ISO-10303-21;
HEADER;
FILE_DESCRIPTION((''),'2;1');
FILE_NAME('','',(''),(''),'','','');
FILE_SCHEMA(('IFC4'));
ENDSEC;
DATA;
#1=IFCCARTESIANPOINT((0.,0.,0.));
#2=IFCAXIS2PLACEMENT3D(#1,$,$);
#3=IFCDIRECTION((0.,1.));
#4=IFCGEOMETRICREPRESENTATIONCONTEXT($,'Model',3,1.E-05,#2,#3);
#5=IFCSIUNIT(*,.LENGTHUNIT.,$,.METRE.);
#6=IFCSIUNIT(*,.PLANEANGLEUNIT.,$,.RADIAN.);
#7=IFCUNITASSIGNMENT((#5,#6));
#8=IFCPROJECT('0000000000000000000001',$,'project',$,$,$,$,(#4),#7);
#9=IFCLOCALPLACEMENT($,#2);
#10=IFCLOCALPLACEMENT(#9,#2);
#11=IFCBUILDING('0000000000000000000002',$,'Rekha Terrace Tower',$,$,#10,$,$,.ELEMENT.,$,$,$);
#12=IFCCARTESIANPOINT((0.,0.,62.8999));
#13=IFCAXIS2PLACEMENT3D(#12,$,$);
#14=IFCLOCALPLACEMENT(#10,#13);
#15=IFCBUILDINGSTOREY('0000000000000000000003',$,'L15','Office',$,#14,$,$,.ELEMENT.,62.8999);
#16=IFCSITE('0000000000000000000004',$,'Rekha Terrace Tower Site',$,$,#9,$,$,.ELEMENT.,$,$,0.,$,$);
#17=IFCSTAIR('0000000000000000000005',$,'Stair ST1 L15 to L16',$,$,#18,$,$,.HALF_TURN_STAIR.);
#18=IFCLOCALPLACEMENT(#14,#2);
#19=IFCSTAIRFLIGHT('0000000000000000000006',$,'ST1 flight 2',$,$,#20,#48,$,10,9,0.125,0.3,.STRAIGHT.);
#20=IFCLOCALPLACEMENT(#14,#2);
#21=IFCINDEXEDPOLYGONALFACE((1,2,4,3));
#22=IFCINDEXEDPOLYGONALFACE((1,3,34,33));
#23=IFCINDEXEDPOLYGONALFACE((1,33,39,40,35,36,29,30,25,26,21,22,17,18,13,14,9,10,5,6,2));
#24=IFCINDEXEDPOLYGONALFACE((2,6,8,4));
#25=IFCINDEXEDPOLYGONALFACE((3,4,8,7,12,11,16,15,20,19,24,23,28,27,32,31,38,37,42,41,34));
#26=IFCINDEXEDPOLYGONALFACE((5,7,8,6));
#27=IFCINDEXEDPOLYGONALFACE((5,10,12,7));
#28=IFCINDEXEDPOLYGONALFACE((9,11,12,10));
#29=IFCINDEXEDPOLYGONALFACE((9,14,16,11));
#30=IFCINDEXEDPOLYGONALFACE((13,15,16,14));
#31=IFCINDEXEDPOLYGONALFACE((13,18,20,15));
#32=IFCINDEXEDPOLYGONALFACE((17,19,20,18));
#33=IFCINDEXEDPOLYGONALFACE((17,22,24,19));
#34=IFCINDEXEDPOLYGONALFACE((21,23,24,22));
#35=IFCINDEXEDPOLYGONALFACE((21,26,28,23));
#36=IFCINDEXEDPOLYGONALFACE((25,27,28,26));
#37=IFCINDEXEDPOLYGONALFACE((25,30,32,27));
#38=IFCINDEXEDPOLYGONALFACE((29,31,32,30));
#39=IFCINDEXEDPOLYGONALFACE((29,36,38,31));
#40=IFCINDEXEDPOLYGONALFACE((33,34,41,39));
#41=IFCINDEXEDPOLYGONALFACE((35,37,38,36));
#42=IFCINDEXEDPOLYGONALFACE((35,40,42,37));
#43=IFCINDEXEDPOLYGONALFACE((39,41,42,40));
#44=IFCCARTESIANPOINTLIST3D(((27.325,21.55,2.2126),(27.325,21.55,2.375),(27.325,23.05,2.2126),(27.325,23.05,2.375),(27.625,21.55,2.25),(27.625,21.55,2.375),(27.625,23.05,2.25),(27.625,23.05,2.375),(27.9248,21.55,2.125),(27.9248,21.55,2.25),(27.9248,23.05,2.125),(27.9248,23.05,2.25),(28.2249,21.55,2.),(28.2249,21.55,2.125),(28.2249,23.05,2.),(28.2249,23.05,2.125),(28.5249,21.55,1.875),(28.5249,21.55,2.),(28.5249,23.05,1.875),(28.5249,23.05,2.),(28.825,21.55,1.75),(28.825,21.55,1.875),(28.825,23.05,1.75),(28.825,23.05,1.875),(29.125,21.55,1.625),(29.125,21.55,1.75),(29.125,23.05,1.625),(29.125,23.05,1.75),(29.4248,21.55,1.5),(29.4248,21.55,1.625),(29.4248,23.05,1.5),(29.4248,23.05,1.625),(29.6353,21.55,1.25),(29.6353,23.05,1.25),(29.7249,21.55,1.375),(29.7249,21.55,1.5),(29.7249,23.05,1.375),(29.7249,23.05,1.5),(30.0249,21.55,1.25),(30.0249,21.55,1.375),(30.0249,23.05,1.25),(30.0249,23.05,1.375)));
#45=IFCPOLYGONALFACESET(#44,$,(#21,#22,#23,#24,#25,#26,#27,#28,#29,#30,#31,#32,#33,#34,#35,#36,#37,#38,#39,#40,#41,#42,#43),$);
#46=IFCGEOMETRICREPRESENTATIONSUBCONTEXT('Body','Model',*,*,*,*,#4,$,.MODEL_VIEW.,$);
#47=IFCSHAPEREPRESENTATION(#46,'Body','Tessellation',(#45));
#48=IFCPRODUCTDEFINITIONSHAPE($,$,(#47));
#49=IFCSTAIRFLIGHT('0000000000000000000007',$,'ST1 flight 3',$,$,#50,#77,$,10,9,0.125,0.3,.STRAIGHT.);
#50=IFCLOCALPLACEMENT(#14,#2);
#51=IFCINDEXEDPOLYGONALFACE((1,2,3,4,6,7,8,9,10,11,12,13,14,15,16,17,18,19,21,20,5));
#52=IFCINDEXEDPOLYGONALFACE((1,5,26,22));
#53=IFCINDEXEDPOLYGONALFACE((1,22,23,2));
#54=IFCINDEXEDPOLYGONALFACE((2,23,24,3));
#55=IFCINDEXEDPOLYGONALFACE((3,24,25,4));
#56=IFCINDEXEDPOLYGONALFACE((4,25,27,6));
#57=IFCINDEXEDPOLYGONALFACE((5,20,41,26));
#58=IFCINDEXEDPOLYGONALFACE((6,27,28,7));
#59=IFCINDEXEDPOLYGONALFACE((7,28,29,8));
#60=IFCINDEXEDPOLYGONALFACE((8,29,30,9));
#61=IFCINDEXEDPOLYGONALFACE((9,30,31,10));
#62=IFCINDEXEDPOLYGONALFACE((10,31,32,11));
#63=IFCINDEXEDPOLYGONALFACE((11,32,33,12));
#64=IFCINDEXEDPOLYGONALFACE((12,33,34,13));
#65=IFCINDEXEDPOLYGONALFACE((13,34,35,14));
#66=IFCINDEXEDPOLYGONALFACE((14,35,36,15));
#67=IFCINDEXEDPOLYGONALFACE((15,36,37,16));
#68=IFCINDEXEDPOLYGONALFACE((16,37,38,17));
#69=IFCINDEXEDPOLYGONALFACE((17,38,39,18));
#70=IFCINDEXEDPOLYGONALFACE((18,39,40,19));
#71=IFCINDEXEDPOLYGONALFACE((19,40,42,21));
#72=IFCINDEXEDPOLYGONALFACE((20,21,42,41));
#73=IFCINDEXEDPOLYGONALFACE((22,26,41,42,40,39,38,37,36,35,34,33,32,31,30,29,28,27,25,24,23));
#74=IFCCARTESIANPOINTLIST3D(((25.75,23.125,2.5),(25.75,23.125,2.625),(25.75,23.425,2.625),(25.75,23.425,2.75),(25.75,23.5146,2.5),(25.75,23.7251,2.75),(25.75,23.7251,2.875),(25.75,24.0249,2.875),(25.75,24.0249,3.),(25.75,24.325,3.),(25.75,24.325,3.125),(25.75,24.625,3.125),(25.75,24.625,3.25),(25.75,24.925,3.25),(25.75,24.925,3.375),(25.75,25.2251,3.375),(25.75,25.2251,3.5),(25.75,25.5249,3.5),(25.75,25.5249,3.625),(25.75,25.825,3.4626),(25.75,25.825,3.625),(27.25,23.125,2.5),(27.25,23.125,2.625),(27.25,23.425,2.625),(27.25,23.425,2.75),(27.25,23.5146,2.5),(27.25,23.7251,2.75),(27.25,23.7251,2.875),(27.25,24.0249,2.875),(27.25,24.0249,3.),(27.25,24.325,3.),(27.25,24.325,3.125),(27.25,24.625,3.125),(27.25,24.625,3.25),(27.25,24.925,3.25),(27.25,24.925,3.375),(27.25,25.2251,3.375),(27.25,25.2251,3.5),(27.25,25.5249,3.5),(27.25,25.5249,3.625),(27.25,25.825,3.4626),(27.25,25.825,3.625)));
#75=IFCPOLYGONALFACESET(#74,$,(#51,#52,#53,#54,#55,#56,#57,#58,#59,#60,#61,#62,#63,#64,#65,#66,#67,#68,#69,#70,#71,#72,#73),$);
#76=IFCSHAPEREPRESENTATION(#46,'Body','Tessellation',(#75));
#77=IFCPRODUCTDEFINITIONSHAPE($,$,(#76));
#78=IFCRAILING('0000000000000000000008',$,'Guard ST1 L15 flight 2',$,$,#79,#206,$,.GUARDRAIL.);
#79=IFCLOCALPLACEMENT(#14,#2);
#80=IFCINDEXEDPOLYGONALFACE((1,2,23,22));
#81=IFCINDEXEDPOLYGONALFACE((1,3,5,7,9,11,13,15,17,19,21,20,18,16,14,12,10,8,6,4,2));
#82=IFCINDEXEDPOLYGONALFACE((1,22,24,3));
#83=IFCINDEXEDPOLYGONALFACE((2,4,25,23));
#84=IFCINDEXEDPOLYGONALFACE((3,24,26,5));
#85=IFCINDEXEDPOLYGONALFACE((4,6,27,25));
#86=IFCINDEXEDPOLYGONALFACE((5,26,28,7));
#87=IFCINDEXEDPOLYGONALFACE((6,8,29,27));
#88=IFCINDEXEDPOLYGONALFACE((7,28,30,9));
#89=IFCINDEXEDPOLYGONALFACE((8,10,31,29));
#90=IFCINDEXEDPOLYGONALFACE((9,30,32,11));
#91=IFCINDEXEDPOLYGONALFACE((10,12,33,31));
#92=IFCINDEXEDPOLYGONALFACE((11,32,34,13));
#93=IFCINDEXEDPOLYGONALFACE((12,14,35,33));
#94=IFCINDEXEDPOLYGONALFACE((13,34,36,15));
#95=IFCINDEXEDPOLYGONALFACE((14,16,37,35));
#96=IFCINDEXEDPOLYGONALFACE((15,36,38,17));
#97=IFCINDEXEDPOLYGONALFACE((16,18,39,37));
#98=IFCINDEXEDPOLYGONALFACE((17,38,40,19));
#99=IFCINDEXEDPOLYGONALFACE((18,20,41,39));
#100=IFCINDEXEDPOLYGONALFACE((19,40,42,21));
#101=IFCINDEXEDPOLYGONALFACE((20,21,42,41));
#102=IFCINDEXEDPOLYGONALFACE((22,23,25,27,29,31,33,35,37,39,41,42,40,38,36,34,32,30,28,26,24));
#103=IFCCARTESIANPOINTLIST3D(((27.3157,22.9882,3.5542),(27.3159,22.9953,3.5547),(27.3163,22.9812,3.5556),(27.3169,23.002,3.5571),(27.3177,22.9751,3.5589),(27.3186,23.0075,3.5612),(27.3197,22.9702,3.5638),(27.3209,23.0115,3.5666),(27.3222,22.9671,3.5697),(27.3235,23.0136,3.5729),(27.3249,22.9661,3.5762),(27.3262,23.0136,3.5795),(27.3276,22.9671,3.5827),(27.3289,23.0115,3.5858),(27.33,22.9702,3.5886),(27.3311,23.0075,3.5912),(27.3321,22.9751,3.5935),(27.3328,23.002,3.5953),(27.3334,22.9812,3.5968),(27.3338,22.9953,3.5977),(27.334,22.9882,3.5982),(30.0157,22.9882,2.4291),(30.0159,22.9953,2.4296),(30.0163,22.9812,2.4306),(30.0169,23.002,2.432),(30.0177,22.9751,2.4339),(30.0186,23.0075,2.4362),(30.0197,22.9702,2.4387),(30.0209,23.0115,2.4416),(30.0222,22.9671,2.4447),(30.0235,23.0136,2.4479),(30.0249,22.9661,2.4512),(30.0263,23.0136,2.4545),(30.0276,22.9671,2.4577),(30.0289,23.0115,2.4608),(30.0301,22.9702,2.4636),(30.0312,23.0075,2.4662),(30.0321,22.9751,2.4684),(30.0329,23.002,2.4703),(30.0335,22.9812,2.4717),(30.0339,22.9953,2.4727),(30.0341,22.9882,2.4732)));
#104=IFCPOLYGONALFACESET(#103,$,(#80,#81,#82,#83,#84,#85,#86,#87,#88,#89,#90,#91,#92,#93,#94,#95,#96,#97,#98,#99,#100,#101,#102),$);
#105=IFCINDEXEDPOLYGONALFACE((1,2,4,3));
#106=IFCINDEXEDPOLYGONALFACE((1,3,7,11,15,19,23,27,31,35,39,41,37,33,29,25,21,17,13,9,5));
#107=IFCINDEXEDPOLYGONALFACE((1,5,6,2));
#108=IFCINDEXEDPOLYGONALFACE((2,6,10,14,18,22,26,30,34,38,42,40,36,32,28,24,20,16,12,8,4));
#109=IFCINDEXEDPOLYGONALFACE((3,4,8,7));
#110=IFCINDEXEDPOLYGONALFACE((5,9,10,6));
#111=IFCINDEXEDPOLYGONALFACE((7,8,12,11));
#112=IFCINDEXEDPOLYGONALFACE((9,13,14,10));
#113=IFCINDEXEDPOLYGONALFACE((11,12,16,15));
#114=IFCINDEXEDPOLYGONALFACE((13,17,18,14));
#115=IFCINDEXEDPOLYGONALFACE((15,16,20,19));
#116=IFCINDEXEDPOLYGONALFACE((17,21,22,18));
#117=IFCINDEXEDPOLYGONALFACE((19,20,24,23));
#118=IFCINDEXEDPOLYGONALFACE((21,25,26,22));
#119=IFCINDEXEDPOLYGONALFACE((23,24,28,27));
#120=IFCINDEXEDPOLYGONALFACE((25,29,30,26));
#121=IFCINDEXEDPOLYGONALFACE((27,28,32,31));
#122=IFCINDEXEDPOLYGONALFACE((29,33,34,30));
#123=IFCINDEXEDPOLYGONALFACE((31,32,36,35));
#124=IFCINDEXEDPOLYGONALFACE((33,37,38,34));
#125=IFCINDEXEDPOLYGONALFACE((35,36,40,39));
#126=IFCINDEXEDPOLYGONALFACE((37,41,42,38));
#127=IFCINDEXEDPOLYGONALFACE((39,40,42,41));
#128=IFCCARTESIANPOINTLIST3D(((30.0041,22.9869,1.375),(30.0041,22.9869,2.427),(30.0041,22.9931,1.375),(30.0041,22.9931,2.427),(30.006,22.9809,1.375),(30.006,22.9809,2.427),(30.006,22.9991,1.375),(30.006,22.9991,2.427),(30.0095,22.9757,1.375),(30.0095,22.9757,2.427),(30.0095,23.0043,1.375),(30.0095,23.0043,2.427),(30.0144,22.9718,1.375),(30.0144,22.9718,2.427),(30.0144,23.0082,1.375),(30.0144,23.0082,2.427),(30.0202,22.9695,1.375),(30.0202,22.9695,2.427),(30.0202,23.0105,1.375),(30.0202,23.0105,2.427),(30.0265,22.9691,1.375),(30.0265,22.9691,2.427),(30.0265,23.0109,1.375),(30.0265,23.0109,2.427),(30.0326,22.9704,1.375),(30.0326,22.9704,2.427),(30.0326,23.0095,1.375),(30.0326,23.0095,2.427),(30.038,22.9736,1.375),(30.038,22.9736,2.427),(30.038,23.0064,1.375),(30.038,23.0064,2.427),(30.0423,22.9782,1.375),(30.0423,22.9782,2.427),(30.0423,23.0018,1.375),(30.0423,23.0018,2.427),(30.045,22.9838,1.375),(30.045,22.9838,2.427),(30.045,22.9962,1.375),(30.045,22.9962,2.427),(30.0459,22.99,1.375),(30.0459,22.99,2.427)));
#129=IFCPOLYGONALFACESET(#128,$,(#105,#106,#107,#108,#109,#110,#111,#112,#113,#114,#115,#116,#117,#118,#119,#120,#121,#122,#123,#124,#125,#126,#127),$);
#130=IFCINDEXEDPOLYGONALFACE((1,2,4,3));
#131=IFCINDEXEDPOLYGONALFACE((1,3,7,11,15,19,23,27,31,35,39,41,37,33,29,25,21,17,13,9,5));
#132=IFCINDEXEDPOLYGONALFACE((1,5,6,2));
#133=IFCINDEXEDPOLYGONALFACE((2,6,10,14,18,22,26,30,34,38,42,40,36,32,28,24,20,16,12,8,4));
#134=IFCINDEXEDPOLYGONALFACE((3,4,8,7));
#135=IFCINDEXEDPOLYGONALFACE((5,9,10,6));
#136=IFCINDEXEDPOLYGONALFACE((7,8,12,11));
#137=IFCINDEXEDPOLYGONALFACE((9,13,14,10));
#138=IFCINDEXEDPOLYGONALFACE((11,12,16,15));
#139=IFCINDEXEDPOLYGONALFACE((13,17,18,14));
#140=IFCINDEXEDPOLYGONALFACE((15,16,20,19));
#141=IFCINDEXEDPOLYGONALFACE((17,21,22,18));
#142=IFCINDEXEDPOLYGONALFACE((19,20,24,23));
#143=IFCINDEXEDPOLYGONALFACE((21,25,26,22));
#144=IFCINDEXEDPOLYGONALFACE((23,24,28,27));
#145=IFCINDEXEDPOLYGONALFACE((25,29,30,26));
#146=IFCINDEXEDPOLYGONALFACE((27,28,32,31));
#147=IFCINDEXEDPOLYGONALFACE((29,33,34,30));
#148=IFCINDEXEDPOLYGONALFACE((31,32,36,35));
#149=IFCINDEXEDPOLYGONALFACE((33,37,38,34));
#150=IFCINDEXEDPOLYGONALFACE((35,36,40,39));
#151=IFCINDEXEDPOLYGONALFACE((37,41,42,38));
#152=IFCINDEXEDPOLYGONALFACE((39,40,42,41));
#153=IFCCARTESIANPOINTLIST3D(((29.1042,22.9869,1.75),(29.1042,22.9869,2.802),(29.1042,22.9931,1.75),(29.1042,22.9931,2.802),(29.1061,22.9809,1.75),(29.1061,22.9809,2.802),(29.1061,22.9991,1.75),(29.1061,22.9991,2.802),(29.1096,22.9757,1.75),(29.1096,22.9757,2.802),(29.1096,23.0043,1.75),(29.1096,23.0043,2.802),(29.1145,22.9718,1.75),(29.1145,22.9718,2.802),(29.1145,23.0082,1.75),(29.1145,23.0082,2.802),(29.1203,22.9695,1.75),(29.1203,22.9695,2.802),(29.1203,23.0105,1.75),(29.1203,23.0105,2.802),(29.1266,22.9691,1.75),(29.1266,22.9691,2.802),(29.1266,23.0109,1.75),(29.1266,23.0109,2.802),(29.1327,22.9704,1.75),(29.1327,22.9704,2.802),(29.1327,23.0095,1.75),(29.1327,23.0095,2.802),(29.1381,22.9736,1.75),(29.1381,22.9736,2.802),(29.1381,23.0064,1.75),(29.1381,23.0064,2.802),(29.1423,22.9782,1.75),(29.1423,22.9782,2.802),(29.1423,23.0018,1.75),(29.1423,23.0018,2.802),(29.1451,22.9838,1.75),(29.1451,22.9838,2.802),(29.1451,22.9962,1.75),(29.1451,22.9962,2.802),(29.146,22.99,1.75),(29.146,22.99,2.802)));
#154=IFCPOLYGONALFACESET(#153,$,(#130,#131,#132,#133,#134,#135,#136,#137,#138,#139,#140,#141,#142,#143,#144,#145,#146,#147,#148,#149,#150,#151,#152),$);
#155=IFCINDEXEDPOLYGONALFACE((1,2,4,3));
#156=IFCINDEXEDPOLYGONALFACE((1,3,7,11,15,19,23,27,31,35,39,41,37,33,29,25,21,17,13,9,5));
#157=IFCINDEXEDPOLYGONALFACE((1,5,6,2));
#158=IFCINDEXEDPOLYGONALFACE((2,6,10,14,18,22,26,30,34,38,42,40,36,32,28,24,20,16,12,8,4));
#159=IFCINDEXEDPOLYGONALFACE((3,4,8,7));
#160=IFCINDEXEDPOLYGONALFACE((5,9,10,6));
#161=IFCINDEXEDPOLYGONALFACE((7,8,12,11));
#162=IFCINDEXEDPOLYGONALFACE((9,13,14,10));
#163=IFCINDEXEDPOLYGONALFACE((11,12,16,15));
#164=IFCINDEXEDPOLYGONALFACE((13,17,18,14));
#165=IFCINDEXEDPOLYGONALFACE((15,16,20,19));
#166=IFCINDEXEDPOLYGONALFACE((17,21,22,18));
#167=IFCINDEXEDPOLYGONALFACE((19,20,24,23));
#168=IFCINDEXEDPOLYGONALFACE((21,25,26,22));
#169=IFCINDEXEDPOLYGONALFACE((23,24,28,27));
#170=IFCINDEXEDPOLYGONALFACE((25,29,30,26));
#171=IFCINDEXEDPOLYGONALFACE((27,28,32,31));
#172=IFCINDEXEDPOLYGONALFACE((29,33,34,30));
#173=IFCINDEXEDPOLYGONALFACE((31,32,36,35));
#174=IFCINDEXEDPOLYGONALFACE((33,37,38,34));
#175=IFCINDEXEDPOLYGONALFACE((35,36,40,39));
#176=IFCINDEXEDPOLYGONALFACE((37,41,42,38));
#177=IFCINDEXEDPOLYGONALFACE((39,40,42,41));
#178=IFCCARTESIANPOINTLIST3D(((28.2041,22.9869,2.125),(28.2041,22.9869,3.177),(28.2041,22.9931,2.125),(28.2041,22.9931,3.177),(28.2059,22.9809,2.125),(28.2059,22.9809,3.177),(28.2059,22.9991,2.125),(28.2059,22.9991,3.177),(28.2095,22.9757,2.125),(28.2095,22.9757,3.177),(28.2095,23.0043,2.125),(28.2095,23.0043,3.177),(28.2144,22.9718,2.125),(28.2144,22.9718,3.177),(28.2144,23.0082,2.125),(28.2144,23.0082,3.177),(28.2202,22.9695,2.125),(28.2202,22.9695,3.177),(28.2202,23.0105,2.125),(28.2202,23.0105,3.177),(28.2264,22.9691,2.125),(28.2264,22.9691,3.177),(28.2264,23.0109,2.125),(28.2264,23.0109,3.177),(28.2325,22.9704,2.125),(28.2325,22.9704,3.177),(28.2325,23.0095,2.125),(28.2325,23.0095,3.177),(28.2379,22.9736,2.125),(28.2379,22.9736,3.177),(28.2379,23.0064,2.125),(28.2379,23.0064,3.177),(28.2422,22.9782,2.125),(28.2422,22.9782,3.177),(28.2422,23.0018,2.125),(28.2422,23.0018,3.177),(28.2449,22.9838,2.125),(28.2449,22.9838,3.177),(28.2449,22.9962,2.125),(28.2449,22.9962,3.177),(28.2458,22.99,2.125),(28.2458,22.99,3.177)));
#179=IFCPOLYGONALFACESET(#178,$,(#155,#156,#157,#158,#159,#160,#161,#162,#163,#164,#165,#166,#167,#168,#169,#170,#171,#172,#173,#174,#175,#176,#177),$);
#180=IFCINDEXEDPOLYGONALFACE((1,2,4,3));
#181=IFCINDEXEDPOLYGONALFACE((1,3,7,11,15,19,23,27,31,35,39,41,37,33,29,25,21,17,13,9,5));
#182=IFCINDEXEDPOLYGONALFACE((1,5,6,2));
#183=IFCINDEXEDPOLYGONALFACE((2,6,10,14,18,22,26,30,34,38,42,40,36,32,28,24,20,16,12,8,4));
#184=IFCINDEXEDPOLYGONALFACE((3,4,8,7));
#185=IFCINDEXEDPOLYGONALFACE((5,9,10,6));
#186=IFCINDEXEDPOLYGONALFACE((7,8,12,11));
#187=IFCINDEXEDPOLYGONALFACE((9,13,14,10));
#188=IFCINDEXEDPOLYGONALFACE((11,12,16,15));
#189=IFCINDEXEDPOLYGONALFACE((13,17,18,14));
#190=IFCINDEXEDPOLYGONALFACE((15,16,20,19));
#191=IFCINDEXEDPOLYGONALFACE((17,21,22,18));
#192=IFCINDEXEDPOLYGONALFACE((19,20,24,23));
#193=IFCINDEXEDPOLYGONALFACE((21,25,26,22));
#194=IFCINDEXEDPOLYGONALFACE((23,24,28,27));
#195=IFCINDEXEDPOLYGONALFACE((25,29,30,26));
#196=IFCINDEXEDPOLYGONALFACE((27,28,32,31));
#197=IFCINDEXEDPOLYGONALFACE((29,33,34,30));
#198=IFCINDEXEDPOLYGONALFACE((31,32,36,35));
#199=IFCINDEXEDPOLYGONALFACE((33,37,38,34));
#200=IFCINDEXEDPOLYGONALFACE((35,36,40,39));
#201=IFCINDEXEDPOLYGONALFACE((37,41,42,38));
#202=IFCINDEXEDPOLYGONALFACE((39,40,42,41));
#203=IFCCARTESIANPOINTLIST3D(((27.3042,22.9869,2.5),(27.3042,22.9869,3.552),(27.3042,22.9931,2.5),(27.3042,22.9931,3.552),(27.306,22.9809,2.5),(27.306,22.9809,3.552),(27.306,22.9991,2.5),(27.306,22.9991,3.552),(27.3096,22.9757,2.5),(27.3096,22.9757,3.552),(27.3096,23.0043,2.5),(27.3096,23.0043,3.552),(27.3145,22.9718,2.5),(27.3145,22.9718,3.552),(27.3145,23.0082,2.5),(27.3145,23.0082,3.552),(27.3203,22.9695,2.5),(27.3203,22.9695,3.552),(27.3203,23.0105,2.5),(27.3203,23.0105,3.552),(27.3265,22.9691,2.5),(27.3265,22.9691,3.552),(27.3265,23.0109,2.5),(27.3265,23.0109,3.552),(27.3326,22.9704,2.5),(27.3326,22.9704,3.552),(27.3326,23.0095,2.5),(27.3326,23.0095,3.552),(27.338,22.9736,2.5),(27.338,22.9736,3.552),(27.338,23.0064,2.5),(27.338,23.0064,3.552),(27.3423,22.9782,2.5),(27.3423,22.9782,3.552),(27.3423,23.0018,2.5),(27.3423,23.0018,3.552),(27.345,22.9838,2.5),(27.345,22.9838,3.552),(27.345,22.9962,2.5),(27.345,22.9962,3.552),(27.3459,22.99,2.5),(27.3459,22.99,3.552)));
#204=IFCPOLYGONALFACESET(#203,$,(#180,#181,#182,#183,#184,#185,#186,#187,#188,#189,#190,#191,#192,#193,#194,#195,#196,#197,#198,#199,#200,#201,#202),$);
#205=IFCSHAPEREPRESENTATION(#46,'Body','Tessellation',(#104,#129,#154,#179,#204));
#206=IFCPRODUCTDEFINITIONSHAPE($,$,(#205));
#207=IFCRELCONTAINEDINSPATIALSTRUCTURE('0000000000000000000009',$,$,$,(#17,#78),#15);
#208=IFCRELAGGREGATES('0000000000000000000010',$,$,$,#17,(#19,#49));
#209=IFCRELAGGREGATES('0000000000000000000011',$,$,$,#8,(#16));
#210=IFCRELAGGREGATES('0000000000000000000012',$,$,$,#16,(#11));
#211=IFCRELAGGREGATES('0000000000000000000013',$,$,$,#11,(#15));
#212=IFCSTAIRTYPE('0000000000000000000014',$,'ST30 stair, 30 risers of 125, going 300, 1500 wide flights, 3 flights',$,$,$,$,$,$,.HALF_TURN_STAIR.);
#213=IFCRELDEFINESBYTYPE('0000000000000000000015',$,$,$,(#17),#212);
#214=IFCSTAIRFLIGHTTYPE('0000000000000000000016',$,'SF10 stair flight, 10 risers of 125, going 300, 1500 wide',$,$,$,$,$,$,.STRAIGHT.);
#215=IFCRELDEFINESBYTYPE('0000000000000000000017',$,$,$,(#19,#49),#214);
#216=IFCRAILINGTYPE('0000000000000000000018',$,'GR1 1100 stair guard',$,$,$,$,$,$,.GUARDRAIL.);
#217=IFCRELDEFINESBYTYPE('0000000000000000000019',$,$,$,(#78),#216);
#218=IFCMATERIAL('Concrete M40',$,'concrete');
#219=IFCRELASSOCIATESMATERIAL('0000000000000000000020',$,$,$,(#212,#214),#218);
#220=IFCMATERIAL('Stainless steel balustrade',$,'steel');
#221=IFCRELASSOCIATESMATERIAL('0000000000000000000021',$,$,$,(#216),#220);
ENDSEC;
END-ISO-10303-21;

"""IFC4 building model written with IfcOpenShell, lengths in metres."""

from ifc_helpers import new_model, si_unit, direction, frame, origin, origin_2d, place, context, subcontext, project, spatial, polyline, circle, outline, extrude, material, type_object, element, aggregate, save


model = new_model("IFC4")

# Units and contexts
model_context = context("Model", 3, precision=1e-05, world=origin(), true_north=direction((0.0, 1.0)))
body_context = subcontext(model_context, "Body", "Model", "MODEL_VIEW")
ifc_project = project(units=[si_unit("LENGTHUNIT", "METRE"), si_unit("PLANEANGLEUNIT", "RADIAN")], contexts=[model_context])

# Site, building, storey
site_placement = place(None, origin())
site = spatial("IfcSite", under=ifc_project, at=site_placement, Name="Rekha Terrace Tower Site", CompositionType="ELEMENT", RefElevation=0.0)
building_placement = place(site_placement, origin())
building = spatial("IfcBuilding", under=site, at=building_placement, Name="Rekha Terrace Tower", CompositionType="ELEMENT")
storey_placement = place(building_placement, frame((0.0, 0.0, 62.8999)))
storey = spatial("IfcBuildingStorey", under=building, at=storey_placement, Name="L15", Description="Office", CompositionType="ELEMENT", Elevation=62.8999)

# Stair, stair flights
ifc_material_1 = material(Name="Concrete M40", Category="concrete")
stair_type = type_object("IfcStairType", Name="ST30 stair, 30 risers of 125, going 300, 1500 wide flights, 3 flights", PredefinedType="HALF_TURN_STAIR", material=ifc_material_1)
stair_placement = place(storey_placement, origin())
stair = element("IfcStair", 1, at=stair_placement, inside=storey, type_object=stair_type, Name="Stair ST1 L15 to L16", PredefinedType="HALF_TURN_STAIR")
stair_flight_type = type_object("IfcStairFlightType", Name="SF10 stair flight, 10 risers of 125, going 300, 1500 wide", PredefinedType="STRAIGHT", material=ifc_material_1)
stair_flight_1_placement = place(storey_placement, frame((30.0249, 22.3, 1.25), z_axis=(0.0, 0.0, 1.0), x_axis=(-1.0, 0.0, 0.0)))
stair_flight_1 = element("IfcStairFlight", 2, at=stair_flight_1_placement, type_object=stair_flight_type, Name="ST1 flight 2", NumberOfRisers=10, NumberOfTreads=9, PredefinedType="STRAIGHT", RiserHeight=0.125, TreadLength=0.3, context=body_context, shape_type="SweptSolid", body=[
    extrude(outline(polyline([(0.0, 0.0), (0.0, 0.125), (0.3, 0.125), (0.3, 0.25), (0.6001, 0.25), (0.6001, 0.375), (0.8999, 0.375), (0.8999, 0.5), (1.2, 0.5), (1.2, 0.625), (1.5, 0.625), (1.5, 0.75), (1.8, 0.75), (1.8, 0.875), (2.1001, 0.875), (2.1001, 1.0), (2.3999, 1.0), (2.3999, 1.125), (2.7, 1.125), (2.7, 1.25), (2.7, 0.9626), (0.3896, 0.0), (0.0, 0.0)])), frame((0.0, 0.75, 0.0), z_axis=(0.0, -1.0, 0.0), x_axis=(1.0, 0.0, 0.0)), (0.0, 0.0, 1.0), 1.5),
])
stair_flight_2_placement = place(storey_placement, frame((26.5, 23.125, 2.5), z_axis=(0.0, 0.0, 1.0), x_axis=(0.0, 1.0, 0.0)))
stair_flight_2 = element("IfcStairFlight", 3, at=stair_flight_2_placement, type_object=stair_flight_type, Name="ST1 flight 3", NumberOfRisers=10, NumberOfTreads=9, PredefinedType="STRAIGHT", RiserHeight=0.125, TreadLength=0.3, context=body_context, shape_type="SweptSolid", body=[
    extrude(outline(polyline([(0.0, 0.0), (0.0, 0.125), (0.3, 0.125), (0.3, 0.25), (0.6001, 0.25), (0.6001, 0.375), (0.8999, 0.375), (0.8999, 0.5), (1.2, 0.5), (1.2, 0.625), (1.5, 0.625), (1.5, 0.75), (1.8, 0.75), (1.8, 0.875), (2.1001, 0.875), (2.1001, 1.0), (2.3999, 1.0), (2.3999, 1.125), (2.7, 1.125), (2.7, 1.25), (2.7, 0.9626), (0.3896, 0.0), (0.0, 0.0)])), frame((0.0, 0.75, 0.0), z_axis=(0.0, -1.0, 0.0), x_axis=(1.0, 0.0, 0.0)), (0.0, 0.0, 1.0), 1.5),
])
aggregate(stair, [stair_flight_1, stair_flight_2])

# Railing
ifc_material_2 = material(Name="Stainless steel balustrade", Category="steel")
railing_type_1 = type_object("IfcRailingType", Name="GR1 1100 stair guard", PredefinedType="GUARDRAIL", material=ifc_material_2)
railing_1_placement = place(storey_placement, frame((30.0249, 22.99, 1.375)))
element("IfcRailing", 4, at=railing_1_placement, inside=storey, type_object=railing_type_1, Name="Guard ST1 L15 flight 2", PredefinedType="GUARDRAIL", context=body_context, shape_type="SweptSolid", body=[
    extrude(circle(Radius=0.0239, at=origin_2d()), frame((0.0, 0.0, 1.0762), z_axis=(-0.923074, 0.0, 0.384621), x_axis=(0.0, -1.0, 0.0)), (0.0, 0.0, 1.0), 2.925),
    extrude(circle(Radius=0.021, at=origin_2d()), origin(), (0.0, 0.0, 1.0), 1.052),
    extrude(circle(Radius=0.021, at=origin_2d()), frame((-0.8999, 0.0, 0.375)), (0.0, 0.0, 1.0), 1.052),
    extrude(circle(Radius=0.021, at=origin_2d()), frame((-1.8, 0.0, 0.75)), (0.0, 0.0, 1.0), 1.052),
    extrude(circle(Radius=0.021, at=origin_2d()), frame((-2.7, 0.0, 1.125)), (0.0, 0.0, 1.0), 1.052),
])

save(model, "model.ifc")
